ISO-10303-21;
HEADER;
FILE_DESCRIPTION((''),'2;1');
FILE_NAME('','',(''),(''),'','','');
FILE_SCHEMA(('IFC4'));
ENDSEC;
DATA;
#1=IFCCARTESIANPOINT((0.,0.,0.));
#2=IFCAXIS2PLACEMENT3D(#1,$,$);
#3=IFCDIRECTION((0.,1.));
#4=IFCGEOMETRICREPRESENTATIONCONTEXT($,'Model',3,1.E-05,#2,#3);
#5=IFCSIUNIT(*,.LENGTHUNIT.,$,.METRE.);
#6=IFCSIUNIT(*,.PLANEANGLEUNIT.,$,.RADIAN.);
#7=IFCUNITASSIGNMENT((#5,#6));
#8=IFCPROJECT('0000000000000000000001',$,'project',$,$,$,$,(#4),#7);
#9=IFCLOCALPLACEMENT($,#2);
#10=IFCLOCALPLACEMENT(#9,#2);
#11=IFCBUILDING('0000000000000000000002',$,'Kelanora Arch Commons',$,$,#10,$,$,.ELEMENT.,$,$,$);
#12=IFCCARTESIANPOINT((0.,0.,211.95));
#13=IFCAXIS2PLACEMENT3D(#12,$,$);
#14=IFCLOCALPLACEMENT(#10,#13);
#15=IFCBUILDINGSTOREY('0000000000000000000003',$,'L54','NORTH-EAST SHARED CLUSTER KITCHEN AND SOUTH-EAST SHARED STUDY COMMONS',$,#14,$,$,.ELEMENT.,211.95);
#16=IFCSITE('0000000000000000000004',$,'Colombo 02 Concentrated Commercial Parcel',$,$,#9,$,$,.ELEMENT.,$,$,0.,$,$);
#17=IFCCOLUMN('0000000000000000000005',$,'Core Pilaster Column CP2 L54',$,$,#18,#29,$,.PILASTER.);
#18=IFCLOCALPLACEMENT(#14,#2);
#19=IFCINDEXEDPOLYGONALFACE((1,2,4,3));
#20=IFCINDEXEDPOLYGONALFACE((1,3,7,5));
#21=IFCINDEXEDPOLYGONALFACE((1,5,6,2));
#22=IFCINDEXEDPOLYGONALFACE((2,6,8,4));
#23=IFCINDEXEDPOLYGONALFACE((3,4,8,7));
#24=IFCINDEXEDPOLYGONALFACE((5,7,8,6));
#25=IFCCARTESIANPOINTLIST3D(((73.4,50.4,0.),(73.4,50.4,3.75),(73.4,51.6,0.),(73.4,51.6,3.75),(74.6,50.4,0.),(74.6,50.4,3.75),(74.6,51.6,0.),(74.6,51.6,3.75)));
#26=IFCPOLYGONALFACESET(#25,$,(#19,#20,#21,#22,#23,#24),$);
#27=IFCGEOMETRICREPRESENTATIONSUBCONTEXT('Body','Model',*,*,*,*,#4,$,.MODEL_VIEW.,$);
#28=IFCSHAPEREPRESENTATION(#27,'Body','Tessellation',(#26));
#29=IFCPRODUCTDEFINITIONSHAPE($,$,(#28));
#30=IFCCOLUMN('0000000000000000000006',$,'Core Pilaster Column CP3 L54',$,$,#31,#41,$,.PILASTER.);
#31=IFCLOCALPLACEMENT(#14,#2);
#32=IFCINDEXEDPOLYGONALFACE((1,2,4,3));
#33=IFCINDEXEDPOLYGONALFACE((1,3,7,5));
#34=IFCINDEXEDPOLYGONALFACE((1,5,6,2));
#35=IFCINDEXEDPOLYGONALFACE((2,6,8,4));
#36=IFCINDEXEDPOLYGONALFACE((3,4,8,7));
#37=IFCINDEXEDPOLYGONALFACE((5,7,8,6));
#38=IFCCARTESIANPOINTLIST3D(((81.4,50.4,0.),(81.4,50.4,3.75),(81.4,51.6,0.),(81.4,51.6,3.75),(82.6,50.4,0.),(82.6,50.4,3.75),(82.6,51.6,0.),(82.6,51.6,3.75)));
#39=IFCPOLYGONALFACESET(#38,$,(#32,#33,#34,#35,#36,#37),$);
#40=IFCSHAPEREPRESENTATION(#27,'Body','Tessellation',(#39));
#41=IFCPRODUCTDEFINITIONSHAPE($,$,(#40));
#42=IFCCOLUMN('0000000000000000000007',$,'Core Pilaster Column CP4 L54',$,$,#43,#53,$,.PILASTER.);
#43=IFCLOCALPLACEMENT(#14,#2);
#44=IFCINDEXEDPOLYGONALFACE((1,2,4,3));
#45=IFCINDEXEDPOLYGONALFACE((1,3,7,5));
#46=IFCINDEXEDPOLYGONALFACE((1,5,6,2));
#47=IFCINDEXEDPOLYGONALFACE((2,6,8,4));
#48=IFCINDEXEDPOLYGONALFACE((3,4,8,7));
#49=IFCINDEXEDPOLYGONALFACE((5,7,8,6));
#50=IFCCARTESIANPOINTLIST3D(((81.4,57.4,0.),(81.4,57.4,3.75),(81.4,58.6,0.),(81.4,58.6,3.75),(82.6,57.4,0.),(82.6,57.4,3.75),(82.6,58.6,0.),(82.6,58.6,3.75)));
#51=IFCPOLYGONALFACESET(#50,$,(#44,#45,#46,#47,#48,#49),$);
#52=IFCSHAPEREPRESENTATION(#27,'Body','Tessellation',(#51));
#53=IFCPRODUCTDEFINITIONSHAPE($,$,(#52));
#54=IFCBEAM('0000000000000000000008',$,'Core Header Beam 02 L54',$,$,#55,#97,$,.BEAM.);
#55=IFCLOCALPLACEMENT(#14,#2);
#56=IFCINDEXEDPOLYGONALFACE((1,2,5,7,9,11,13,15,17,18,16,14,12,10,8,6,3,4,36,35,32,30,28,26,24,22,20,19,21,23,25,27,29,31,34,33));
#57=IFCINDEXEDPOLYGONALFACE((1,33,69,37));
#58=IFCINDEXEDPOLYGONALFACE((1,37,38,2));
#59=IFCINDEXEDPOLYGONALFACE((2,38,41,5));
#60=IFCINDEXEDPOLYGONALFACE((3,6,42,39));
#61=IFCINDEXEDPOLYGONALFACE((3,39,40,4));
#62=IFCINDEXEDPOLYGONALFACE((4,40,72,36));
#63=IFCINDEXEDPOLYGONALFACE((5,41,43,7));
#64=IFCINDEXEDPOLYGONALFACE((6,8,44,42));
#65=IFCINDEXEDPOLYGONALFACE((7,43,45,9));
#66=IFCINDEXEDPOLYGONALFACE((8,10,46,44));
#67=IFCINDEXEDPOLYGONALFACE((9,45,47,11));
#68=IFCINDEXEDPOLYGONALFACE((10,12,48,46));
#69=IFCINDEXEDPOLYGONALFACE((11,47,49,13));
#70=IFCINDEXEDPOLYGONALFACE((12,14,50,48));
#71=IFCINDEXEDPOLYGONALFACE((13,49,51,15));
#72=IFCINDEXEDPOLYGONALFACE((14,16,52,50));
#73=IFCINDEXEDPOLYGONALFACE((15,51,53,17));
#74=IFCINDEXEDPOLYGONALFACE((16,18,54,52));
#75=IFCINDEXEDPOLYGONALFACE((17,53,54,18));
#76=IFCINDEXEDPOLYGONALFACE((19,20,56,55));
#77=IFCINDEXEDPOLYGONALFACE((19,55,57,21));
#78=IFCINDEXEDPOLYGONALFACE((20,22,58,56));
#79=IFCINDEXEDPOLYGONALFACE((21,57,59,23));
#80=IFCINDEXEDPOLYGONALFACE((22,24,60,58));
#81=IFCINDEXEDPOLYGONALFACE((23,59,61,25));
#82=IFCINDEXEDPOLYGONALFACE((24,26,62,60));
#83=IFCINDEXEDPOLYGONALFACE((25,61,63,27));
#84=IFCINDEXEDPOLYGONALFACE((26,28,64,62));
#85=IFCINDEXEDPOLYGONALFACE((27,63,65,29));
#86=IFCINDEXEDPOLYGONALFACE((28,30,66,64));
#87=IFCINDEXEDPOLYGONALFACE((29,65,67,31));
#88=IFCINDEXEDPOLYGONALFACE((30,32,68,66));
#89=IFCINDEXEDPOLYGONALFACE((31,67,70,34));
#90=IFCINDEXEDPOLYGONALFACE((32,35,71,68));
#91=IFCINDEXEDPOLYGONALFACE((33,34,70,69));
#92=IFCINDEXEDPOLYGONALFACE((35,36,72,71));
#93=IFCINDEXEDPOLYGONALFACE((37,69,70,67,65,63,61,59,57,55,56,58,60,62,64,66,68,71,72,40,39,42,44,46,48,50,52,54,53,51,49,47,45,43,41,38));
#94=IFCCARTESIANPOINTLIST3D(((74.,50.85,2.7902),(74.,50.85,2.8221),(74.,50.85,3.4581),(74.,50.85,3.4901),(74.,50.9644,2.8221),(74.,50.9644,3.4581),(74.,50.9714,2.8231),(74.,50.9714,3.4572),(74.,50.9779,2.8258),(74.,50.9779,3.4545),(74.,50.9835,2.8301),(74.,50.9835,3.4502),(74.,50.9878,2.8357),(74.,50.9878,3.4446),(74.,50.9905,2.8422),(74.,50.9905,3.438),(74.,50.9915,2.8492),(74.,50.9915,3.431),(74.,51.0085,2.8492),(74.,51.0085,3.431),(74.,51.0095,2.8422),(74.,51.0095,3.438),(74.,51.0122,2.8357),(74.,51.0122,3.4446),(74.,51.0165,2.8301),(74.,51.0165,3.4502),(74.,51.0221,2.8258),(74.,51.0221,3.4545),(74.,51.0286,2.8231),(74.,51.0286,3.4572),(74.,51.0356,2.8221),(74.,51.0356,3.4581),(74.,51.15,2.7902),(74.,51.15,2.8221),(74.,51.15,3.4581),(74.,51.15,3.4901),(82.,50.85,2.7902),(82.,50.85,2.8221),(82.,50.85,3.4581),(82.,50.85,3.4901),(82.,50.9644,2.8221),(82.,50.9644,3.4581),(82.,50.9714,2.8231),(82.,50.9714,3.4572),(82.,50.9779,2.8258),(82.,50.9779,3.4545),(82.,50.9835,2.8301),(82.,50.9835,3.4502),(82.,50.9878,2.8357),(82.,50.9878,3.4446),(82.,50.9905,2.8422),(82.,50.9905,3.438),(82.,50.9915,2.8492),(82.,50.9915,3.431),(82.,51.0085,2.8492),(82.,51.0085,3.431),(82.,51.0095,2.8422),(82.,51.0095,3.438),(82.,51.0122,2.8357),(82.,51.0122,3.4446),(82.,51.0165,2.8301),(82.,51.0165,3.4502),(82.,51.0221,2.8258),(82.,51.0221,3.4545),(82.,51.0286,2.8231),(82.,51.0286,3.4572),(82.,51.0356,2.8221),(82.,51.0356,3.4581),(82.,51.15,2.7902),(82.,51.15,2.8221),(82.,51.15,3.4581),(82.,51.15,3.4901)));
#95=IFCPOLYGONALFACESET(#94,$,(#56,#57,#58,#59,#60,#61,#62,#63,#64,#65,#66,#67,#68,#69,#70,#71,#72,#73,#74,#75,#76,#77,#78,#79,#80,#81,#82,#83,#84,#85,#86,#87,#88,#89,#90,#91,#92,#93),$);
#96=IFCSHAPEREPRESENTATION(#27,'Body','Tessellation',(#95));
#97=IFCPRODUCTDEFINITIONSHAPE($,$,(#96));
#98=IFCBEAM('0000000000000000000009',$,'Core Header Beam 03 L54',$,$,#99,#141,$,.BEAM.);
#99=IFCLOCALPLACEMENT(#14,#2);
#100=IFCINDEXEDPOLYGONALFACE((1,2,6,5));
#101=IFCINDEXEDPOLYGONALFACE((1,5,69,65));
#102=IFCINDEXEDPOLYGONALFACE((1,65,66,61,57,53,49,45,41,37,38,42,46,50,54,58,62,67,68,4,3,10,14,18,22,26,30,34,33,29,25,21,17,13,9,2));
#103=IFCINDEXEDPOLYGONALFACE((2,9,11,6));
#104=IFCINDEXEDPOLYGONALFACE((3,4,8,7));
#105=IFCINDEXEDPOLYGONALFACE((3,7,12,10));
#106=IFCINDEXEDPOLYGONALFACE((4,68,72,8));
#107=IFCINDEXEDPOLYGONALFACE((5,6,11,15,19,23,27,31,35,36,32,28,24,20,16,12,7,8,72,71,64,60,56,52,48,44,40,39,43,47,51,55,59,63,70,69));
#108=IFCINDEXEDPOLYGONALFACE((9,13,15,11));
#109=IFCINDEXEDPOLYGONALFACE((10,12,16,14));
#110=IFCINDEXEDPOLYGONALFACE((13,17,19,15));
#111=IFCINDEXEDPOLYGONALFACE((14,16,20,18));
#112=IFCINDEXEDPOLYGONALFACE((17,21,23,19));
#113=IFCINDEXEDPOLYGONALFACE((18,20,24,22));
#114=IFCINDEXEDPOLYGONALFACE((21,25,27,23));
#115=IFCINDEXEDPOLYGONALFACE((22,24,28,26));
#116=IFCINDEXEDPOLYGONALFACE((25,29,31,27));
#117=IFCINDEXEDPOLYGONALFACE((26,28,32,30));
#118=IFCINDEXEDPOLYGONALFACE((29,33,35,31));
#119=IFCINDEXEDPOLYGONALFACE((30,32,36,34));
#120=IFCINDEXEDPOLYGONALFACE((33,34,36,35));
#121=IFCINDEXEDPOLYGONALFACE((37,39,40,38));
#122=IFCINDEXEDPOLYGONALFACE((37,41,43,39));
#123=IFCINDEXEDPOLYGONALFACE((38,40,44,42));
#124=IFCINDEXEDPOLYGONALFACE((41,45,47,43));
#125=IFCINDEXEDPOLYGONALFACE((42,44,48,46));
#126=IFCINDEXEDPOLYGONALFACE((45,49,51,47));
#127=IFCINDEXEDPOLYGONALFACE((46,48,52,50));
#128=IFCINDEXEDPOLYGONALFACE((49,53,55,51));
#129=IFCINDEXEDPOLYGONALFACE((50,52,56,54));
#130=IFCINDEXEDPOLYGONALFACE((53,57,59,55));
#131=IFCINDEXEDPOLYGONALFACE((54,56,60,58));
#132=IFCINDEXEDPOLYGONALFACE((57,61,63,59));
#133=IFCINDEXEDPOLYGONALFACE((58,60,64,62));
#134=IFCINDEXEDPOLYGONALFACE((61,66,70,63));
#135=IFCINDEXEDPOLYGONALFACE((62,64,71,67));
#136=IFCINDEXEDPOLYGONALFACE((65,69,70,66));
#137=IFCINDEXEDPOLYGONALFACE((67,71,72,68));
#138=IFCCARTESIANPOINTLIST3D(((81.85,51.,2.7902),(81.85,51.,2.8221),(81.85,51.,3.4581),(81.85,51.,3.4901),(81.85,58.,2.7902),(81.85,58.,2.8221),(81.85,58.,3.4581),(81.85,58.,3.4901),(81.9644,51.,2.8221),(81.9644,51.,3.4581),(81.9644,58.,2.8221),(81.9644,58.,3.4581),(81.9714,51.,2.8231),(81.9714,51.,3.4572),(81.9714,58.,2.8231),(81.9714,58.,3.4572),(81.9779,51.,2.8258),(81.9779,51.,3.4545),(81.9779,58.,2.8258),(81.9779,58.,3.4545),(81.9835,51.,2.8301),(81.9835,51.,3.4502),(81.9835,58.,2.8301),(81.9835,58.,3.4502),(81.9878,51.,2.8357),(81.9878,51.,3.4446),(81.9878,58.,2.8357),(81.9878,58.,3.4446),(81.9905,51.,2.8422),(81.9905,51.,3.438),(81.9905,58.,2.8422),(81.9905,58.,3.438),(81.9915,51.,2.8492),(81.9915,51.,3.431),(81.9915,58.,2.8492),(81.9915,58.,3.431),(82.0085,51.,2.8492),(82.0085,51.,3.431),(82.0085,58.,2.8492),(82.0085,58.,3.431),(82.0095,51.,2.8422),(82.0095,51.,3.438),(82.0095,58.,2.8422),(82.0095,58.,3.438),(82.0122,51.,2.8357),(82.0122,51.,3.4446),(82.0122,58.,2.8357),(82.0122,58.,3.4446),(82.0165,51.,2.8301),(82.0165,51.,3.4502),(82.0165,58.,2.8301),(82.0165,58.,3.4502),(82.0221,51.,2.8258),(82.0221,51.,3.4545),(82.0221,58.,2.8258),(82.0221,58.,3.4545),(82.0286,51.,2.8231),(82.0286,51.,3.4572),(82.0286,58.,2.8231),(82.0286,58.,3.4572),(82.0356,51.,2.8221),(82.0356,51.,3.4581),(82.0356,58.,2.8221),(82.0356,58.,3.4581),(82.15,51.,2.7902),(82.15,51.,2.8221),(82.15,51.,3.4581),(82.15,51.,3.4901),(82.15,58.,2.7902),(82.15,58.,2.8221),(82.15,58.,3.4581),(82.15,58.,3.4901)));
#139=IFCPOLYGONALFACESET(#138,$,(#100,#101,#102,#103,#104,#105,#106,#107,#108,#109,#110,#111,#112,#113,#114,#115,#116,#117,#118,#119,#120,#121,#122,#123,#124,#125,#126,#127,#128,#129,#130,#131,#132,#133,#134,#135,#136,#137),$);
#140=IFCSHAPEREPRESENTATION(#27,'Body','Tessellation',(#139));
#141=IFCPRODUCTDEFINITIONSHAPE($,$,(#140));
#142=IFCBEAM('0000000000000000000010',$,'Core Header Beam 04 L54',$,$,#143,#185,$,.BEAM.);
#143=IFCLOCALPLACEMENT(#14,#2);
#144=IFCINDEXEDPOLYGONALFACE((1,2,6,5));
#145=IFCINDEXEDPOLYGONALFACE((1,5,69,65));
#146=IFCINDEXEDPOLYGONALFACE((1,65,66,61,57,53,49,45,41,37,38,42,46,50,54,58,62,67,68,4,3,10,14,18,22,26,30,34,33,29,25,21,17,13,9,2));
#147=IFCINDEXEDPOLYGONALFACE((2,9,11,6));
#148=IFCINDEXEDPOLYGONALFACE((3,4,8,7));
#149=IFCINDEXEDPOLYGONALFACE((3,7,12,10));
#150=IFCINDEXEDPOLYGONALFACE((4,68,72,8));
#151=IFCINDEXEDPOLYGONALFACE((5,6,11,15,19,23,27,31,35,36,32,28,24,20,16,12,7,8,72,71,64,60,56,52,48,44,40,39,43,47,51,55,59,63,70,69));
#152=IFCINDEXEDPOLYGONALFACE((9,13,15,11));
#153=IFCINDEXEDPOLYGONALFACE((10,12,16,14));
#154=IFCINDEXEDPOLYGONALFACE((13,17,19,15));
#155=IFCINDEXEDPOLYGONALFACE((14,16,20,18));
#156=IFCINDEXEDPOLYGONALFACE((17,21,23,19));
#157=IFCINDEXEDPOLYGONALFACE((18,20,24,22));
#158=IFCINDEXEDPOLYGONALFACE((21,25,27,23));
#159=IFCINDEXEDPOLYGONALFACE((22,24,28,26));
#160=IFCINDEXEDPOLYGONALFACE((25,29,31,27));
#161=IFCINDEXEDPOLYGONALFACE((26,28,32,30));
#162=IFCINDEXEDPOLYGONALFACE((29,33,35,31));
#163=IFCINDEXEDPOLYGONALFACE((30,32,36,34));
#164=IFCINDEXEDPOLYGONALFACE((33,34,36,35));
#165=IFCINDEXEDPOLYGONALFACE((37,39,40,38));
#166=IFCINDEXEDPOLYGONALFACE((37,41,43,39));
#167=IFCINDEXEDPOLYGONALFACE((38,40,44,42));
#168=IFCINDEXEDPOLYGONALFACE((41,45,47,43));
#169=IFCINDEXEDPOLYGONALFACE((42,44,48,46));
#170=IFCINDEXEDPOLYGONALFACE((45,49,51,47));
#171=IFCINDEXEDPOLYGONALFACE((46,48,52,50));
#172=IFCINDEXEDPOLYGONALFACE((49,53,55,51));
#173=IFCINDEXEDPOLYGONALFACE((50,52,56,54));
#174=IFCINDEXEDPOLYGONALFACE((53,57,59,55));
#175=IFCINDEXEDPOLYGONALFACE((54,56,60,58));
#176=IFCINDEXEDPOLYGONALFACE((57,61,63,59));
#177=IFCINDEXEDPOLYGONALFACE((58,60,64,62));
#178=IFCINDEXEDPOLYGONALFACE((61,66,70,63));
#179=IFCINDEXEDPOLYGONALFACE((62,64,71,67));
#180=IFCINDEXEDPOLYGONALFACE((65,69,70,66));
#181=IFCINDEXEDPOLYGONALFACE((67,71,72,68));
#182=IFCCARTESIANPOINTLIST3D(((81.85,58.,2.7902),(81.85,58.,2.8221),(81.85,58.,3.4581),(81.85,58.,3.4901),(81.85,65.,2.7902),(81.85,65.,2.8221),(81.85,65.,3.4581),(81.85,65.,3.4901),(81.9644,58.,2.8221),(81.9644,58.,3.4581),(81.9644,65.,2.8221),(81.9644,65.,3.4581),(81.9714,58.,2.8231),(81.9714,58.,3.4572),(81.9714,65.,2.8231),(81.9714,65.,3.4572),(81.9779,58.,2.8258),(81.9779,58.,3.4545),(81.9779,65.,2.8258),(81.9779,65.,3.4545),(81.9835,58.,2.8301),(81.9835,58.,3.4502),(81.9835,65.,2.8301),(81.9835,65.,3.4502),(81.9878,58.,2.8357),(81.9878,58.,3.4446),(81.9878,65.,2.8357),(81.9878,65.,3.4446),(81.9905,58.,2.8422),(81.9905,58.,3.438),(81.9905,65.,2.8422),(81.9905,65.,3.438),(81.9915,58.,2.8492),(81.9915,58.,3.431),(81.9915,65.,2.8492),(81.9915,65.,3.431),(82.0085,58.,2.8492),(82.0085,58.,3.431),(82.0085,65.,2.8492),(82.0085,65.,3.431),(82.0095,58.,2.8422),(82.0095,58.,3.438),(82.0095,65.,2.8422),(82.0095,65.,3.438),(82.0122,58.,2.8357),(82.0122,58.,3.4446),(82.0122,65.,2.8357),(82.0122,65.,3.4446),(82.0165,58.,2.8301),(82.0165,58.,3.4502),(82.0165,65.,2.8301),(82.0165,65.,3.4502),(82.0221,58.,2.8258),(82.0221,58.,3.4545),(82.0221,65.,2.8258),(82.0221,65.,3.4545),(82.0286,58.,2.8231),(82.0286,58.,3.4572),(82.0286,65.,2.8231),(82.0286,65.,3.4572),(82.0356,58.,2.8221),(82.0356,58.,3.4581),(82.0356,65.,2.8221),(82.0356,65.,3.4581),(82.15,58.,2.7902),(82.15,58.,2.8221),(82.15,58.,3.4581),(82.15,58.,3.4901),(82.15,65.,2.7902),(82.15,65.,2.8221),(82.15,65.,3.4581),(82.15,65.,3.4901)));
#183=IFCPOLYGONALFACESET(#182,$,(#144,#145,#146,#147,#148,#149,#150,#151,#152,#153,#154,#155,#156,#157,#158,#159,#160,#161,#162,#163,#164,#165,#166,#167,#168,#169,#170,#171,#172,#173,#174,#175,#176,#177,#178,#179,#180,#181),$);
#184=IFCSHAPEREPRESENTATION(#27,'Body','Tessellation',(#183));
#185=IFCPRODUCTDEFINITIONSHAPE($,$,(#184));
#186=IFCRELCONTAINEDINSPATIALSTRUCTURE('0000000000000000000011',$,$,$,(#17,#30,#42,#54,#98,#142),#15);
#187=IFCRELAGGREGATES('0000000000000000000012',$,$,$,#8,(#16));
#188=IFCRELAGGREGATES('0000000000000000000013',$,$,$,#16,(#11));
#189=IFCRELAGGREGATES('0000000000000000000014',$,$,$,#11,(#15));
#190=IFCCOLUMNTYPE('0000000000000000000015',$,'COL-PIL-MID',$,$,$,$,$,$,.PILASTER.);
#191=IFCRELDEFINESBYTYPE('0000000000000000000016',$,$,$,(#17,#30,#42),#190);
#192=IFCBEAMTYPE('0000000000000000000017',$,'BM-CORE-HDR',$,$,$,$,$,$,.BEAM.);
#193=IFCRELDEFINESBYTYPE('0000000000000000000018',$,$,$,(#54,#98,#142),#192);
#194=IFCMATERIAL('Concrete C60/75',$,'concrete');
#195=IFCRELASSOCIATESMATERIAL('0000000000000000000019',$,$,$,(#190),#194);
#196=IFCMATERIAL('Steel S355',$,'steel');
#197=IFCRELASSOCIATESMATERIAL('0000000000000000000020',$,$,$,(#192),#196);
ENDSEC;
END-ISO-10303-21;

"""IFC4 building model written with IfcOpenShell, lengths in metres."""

from ifc_helpers import new_model, si_unit, direction, frame, origin, origin_2d, place, context, subcontext, project, spatial, rectangle, i_section, extrude, material, material_profile, profile_set, type_object, element, save


model = new_model("IFC4")

# Units and contexts
model_context = context("Model", 3, precision=1e-05, world=origin(), true_north=direction((0.0, 1.0)))
body_context = subcontext(model_context, "Body", "Model", "MODEL_VIEW")
ifc_project = project(units=[si_unit("LENGTHUNIT", "METRE"), si_unit("PLANEANGLEUNIT", "RADIAN")], contexts=[model_context])

# Site, building, storey
site_placement = place(None, origin())
site = spatial("IfcSite", under=ifc_project, at=site_placement, Name="Colombo 02 Concentrated Commercial Parcel", CompositionType="ELEMENT", RefElevation=0.0)
building_placement = place(site_placement, origin())
building = spatial("IfcBuilding", under=site, at=building_placement, Name="Kelanora Arch Commons", CompositionType="ELEMENT")
storey_placement = place(building_placement, frame((0.0, 0.0, 211.95)))
storey = spatial("IfcBuildingStorey", under=building, at=storey_placement, Name="L54", Description="NORTH-EAST SHARED CLUSTER KITCHEN AND SOUTH-EAST SHARED STUDY COMMONS", CompositionType="ELEMENT", Elevation=211.95)

# Columns
ifc_material_1 = material(Name="Concrete C60/75", Category="concrete")
ifc_material_profile_1 = material_profile(ifc_material_1, rectangle(XDim=1.2, YDim=1.2, at=origin_2d()), Name="RC1200x1200")
ifc_profile_set_1 = profile_set([ifc_material_profile_1], Name="Concrete C60/75")
column_type = type_object("IfcColumnType", Name="COL-PIL-MID", PredefinedType="PILASTER", material=ifc_profile_set_1)
for number, where, z_axis, x_axis, name in (
    (1, (74.0, 51.0, 0.0), (0.0, 0.0, 1.0), (1.0, 0.0, 0.0), "Core Pilaster Column CP2 L54"),
    (2, (82.0, 51.0, 0.0), (0.0, 0.0, 1.0), (1.0, 0.0, 0.0), "Core Pilaster Column CP3 L54"),
    (3, (82.0, 58.0, 0.0), (0.0, 0.0, 1.0), (1.0, 0.0, 0.0), "Core Pilaster Column CP4 L54"),
):
    element("IfcColumn", number, at=place(storey_placement, frame(where, z_axis=z_axis, x_axis=x_axis)), inside=storey, type_object=column_type, Name=name, PredefinedType="PILASTER", context=body_context, shape_type="SweptSolid", body=[
        extrude(rectangle(XDim=1.2, YDim=1.2, at=origin_2d()), origin(), (0.0, 0.0, 1.0), 3.75),
    ])

# Beams
ifc_material_2 = material(Name="Steel S355", Category="steel")
ifc_material_profile_2 = material_profile(ifc_material_2, i_section(OverallWidth=0.3, OverallDepth=0.7, WebThickness=0.0171, FlangeThickness=0.032, FilletRadius=0.0271, at=origin_2d()), Name="HEB700")
ifc_profile_set_2 = profile_set([ifc_material_profile_2], Name="Steel S355")
beam_type_1 = type_object("IfcBeamType", Name="BM-CORE-HDR", PredefinedType="BEAM", material=ifc_profile_set_2)
beam_1_placement = place(storey_placement, frame((74.0, 51.0, 3.1401), z_axis=(1.0, 0.0, 0.0), x_axis=(0.0, 1.0, 0.0)))
element("IfcBeam", 4, at=beam_1_placement, inside=storey, type_object=beam_type_1, Name="Core Header Beam 02 L54", PredefinedType="BEAM", context=body_context, shape_type="SweptSolid", body=[
    extrude(i_section(OverallWidth=0.3, OverallDepth=0.7, WebThickness=0.0171, FlangeThickness=0.032, FilletRadius=0.0271, at=origin_2d()), origin(), (0.0, 0.0, 1.0), 8.0),
])
for number, where, z_axis, x_axis, name in (
    (5, (82.0, 51.0, 3.1401), (0.0, 1.0, 0.0), (-1.0, 0.0, 0.0), "Core Header Beam 03 L54"),
    (6, (82.0, 58.0, 3.1401), (0.0, 1.0, 0.0), (-1.0, 0.0, 0.0), "Core Header Beam 04 L54"),
):
    element("IfcBeam", number, at=place(storey_placement, frame(where, z_axis=z_axis, x_axis=x_axis)), inside=storey, type_object=beam_type_1, Name=name, PredefinedType="BEAM", context=body_context, shape_type="SweptSolid", body=[
        extrude(i_section(OverallWidth=0.3, OverallDepth=0.7, WebThickness=0.0171, FlangeThickness=0.032, FilletRadius=0.0271, at=origin_2d()), origin(), (0.0, 0.0, 1.0), 7.0),
    ])

save(model, "model.ifc")
